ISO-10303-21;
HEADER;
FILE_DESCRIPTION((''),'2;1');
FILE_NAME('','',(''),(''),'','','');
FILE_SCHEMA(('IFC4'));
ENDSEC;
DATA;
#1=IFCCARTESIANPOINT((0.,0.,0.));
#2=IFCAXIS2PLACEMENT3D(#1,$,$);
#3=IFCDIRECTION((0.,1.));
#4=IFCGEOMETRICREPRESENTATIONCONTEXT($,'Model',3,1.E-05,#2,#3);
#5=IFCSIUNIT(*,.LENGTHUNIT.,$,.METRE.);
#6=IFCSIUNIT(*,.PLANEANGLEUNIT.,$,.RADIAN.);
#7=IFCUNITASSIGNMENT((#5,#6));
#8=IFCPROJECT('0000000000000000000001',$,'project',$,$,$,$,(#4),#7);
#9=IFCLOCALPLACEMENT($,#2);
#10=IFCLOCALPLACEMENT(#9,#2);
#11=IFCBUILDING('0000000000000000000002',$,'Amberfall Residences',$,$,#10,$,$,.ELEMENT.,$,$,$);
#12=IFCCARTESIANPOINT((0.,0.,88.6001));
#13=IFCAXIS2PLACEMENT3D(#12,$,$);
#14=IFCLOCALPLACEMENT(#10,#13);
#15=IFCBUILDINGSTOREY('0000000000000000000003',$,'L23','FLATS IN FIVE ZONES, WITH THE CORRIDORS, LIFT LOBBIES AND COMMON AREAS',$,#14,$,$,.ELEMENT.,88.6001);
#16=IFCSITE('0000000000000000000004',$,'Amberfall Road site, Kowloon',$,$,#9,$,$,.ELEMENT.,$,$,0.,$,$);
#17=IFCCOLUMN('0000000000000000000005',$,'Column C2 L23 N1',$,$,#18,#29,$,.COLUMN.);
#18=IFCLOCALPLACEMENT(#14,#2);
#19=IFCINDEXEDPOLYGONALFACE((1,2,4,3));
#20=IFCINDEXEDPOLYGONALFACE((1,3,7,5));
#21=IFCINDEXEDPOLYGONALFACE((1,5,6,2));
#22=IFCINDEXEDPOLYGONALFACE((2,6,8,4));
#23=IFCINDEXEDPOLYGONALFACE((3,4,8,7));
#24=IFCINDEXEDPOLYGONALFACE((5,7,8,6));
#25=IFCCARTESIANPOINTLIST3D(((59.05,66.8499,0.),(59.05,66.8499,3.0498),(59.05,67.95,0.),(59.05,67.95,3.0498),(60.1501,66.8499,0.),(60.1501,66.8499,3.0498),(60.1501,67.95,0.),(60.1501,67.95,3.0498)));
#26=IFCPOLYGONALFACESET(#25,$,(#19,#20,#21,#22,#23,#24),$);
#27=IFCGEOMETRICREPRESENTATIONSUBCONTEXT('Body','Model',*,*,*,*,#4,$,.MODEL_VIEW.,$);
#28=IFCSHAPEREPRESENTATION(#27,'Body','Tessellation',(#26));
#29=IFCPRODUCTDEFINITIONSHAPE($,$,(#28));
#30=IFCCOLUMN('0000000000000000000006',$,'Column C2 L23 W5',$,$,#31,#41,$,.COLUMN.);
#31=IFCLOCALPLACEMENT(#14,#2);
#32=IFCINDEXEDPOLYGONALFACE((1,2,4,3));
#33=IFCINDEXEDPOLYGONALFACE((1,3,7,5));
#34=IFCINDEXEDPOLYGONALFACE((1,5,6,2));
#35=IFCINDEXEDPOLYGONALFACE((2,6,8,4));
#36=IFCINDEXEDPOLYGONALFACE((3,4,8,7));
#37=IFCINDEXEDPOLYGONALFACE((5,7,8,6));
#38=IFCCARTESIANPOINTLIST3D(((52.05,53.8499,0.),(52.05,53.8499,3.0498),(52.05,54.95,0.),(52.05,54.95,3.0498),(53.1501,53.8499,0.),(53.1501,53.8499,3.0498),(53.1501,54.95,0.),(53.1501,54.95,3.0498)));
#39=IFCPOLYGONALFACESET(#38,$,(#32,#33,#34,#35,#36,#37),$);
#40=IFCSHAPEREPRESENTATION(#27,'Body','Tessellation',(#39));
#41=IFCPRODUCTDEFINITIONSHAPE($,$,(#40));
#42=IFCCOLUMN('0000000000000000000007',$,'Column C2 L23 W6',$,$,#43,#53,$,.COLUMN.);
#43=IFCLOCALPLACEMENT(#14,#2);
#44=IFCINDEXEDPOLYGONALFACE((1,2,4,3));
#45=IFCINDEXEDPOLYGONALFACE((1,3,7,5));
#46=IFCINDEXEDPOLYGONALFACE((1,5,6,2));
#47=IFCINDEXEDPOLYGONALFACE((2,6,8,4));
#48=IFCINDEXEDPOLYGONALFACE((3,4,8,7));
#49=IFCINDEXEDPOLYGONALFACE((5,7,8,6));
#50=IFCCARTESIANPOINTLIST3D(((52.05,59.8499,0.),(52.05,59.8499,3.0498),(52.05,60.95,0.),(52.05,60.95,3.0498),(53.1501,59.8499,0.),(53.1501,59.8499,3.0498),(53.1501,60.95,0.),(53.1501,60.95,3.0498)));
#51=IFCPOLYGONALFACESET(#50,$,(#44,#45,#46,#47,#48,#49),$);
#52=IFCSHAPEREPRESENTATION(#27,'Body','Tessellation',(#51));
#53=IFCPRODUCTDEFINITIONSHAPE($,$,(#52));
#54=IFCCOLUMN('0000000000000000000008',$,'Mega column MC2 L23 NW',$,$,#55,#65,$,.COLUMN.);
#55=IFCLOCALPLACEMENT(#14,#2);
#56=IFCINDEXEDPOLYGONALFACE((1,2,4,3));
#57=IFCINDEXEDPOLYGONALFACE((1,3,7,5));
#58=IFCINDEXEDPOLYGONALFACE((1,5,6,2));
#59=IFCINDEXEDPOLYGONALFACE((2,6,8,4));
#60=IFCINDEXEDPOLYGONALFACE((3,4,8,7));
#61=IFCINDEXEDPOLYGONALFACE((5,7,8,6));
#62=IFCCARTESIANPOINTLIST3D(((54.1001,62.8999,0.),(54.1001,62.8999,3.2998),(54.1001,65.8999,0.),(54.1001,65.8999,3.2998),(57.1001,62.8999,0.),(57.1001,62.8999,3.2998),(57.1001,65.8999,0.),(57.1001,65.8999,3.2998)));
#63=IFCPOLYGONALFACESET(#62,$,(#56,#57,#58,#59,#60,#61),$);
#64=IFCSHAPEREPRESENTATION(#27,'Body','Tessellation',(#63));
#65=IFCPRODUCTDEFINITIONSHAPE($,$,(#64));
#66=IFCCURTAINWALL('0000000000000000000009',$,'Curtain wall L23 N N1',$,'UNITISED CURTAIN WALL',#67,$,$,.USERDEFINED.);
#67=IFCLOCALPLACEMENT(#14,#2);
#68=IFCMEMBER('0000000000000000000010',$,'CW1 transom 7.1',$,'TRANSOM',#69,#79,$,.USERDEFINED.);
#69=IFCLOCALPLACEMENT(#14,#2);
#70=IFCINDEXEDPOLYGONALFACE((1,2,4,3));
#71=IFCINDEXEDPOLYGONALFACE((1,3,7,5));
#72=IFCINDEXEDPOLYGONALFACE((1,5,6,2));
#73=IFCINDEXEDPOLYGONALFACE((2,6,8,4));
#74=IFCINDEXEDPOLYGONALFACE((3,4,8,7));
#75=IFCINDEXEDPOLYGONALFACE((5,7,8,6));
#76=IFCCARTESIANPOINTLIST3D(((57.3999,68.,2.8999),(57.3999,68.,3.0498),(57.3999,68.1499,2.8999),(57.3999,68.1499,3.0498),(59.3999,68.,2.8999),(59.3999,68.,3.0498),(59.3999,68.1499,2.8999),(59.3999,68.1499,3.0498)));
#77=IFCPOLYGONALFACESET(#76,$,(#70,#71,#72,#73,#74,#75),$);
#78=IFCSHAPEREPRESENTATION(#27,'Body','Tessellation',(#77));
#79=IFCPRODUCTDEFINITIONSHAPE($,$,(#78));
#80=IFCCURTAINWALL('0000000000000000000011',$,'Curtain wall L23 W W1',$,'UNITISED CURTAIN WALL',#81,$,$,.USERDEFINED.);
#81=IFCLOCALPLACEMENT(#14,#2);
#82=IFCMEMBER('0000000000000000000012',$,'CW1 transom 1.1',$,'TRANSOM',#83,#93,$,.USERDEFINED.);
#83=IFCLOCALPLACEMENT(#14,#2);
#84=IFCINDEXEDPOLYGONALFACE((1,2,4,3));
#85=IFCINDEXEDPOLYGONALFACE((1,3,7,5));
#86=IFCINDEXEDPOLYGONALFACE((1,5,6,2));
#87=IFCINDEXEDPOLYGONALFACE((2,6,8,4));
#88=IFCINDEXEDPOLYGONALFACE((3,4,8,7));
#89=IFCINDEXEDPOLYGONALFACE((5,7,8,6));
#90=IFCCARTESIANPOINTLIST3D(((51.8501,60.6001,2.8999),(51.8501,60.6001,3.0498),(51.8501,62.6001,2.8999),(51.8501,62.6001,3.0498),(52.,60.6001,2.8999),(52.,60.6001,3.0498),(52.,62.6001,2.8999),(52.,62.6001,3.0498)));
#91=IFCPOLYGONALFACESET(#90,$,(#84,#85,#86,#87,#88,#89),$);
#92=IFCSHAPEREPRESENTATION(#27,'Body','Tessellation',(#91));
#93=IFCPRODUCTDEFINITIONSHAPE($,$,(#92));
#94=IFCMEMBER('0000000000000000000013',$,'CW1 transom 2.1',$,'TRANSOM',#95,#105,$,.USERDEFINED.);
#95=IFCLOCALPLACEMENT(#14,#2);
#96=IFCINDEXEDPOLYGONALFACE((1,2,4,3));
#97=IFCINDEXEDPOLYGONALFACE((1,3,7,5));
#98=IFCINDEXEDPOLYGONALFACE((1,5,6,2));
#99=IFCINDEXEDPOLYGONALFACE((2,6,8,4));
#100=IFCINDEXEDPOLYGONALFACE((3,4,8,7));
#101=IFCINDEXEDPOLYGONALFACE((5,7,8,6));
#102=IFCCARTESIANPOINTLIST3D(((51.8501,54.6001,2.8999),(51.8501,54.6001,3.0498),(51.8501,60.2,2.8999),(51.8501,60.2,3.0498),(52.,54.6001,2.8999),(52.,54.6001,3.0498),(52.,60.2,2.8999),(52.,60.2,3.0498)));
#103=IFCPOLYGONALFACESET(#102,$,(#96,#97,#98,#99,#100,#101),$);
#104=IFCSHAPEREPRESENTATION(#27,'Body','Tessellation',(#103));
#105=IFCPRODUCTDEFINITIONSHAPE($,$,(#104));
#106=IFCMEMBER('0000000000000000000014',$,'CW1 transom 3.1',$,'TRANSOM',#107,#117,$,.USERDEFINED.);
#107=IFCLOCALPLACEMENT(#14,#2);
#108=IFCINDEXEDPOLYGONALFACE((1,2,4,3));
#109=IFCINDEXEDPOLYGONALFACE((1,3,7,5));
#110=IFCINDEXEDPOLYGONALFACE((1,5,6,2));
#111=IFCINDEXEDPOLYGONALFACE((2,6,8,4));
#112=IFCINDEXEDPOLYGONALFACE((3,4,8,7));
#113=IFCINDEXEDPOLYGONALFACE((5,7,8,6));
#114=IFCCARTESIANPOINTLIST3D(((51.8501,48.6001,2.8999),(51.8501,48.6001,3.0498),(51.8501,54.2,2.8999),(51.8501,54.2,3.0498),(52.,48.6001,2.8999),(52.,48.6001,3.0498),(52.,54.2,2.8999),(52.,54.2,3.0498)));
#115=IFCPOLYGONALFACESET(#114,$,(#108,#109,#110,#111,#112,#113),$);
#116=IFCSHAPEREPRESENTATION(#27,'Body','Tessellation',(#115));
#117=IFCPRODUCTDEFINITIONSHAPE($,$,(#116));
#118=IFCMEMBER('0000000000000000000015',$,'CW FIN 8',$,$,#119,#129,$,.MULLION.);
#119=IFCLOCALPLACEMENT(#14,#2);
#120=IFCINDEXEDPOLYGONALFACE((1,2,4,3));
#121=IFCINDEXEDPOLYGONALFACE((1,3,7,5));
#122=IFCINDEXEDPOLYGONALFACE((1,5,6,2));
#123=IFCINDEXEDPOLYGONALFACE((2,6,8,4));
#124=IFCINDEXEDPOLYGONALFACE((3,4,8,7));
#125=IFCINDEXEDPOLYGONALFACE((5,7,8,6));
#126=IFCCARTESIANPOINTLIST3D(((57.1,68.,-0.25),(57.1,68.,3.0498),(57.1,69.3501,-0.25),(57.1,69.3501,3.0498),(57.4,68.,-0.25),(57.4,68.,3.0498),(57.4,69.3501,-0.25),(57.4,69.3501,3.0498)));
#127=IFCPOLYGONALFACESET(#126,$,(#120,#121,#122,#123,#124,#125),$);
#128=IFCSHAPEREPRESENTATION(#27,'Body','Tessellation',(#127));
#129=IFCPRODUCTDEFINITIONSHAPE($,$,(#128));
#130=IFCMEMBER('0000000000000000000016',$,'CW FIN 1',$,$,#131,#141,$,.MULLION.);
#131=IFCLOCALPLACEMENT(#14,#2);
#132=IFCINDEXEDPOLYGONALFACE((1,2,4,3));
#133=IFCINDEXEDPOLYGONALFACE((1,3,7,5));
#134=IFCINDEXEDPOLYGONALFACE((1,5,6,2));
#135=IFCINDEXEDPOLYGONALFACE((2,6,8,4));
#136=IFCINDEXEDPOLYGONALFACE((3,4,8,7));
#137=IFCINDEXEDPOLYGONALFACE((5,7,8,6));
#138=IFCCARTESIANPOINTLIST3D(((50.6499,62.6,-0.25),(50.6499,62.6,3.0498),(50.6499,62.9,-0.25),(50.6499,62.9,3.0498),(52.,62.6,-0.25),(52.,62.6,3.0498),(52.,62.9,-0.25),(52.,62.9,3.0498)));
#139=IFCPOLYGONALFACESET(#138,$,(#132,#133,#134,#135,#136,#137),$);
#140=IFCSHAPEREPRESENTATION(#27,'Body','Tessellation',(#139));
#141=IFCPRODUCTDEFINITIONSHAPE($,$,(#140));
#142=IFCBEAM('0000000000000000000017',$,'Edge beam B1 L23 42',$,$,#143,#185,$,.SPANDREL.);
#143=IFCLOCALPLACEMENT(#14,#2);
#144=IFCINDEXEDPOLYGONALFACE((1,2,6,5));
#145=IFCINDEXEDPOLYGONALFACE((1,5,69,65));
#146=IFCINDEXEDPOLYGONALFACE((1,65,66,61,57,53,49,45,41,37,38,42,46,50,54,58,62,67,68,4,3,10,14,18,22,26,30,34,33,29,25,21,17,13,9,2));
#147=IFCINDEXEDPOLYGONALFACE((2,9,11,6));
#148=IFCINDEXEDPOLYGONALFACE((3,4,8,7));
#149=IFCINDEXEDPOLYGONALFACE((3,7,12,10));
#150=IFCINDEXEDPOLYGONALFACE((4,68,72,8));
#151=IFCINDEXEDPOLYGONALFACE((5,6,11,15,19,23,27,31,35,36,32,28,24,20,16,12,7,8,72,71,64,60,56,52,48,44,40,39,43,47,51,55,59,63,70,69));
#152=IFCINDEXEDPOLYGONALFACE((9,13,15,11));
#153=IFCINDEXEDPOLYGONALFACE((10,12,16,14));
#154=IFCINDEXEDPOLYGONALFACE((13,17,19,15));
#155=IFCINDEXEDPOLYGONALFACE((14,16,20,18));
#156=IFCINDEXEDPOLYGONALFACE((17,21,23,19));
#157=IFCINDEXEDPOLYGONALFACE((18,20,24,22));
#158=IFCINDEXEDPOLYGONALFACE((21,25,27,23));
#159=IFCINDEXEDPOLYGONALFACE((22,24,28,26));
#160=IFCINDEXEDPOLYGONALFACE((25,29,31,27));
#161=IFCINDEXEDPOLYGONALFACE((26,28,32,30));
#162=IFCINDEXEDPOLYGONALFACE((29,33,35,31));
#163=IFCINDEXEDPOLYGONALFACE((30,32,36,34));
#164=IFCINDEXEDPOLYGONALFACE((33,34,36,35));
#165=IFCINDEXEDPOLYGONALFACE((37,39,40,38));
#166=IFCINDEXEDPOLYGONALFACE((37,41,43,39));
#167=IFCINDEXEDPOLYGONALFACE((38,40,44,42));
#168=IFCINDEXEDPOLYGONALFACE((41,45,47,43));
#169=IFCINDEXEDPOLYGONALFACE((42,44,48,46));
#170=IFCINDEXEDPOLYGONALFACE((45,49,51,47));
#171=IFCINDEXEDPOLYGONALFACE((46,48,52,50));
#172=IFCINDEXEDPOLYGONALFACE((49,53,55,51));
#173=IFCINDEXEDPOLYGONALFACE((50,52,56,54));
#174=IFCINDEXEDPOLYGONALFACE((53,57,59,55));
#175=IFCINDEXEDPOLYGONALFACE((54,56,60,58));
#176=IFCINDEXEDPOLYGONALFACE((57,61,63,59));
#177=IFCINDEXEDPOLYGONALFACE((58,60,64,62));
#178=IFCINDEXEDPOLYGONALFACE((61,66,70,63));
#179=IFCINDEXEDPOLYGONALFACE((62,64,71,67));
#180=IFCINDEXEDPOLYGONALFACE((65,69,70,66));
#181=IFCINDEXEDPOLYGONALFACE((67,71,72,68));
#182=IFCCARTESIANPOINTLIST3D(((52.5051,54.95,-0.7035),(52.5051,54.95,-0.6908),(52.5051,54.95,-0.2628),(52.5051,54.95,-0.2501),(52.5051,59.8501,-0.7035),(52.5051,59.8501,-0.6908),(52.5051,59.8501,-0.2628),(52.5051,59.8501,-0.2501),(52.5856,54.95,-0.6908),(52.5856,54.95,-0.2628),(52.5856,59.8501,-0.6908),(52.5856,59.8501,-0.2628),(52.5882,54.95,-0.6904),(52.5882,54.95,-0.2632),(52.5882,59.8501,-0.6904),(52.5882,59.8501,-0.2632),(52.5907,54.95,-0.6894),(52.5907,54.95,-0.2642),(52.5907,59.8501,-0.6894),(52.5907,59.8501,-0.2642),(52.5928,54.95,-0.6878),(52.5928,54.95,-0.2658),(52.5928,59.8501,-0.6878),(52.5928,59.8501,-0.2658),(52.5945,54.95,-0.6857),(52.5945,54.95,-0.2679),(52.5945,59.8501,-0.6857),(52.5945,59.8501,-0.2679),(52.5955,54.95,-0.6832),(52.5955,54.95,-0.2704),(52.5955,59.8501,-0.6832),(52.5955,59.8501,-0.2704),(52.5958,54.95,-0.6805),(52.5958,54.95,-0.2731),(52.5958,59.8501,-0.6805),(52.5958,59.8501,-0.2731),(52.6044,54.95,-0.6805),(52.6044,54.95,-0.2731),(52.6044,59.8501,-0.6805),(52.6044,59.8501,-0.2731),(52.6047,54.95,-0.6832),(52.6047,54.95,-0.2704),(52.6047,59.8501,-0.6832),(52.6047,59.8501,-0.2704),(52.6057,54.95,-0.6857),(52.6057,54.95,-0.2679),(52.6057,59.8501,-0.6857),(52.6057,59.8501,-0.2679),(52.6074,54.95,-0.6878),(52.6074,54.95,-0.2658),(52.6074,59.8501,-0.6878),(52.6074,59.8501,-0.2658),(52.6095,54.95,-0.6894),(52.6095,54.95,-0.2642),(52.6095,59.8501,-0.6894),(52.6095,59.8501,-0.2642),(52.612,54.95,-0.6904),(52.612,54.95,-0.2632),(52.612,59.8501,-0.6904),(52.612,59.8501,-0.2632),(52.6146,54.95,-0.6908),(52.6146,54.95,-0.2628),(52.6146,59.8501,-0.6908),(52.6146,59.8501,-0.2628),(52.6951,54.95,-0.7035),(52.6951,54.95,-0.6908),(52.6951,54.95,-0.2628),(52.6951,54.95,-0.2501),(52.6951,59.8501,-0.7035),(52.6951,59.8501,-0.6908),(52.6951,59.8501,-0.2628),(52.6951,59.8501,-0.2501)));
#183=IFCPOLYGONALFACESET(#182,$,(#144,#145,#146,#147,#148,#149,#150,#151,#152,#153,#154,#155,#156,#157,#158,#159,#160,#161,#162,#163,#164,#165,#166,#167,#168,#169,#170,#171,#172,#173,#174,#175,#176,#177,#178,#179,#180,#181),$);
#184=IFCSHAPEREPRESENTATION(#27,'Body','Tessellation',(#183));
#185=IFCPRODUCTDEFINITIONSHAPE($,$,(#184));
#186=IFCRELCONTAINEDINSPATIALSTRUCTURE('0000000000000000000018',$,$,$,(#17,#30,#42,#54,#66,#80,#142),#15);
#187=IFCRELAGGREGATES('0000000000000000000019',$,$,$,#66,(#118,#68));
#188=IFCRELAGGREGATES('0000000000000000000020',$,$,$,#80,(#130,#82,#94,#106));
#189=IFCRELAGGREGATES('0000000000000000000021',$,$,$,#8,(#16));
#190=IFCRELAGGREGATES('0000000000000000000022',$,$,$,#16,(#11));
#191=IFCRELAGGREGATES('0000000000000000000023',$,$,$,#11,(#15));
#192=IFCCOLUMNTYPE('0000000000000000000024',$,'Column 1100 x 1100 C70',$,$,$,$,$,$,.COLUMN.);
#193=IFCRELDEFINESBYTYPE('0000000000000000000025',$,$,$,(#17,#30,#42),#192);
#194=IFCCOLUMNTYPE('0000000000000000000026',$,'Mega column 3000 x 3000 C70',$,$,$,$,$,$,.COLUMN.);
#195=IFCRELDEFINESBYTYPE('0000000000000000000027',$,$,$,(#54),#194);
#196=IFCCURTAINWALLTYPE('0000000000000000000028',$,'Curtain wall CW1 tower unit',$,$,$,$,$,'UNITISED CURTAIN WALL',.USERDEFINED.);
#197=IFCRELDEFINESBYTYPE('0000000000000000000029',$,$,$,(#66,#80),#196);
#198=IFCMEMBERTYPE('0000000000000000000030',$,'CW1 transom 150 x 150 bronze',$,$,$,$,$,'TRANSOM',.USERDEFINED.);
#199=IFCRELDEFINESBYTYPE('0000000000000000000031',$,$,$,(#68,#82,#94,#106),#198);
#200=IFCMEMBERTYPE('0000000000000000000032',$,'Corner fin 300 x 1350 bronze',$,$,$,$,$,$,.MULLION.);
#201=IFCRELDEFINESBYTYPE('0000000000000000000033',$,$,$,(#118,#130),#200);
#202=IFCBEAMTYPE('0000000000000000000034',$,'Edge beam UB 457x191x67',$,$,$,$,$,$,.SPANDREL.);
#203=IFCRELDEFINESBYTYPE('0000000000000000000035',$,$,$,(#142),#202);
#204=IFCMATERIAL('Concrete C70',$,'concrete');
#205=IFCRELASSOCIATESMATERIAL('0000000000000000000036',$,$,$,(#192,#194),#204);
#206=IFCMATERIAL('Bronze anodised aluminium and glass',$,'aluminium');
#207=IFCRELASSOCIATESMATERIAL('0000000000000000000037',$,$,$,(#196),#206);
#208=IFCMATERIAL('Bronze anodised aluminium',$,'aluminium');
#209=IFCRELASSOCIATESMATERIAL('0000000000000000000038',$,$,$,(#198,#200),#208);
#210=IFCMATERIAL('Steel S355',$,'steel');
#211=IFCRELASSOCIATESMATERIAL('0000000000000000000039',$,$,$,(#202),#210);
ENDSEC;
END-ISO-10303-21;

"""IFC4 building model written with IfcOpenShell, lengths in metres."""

from ifc_helpers import new_model, si_unit, direction, frame, origin, origin_2d, place, context, subcontext, project, spatial, rectangle, i_section, extrude, material, material_profile, profile_set, type_object, element, aggregate, save


model = new_model("IFC4")

# Units and contexts
model_context = context("Model", 3, precision=1e-05, world=origin(), true_north=direction((0.0, 1.0)))
body_context = subcontext(model_context, "Body", "Model", "MODEL_VIEW")
ifc_project = project(units=[si_unit("LENGTHUNIT", "METRE"), si_unit("PLANEANGLEUNIT", "RADIAN")], contexts=[model_context])

# Site, building, storey
site_placement = place(None, origin())
site = spatial("IfcSite", under=ifc_project, at=site_placement, Name="Amberfall Road site, Kowloon", CompositionType="ELEMENT", RefElevation=0.0)
building_placement = place(site_placement, origin())
building = spatial("IfcBuilding", under=site, at=building_placement, Name="Amberfall Residences", CompositionType="ELEMENT")
storey_placement = place(building_placement, frame((0.0, 0.0, 88.6001)))
storey = spatial("IfcBuildingStorey", under=building, at=storey_placement, Name="L23", Description="FLATS IN FIVE ZONES, WITH THE CORRIDORS, LIFT LOBBIES AND COMMON AREAS", CompositionType="ELEMENT", Elevation=88.6001)

# Columns
ifc_material_1 = material(Name="Concrete C70", Category="concrete")
ifc_material_profile_1 = material_profile(ifc_material_1, rectangle(XDim=1.1001, YDim=1.1001, at=origin_2d()), Name="Column 1100 x 1100 C70")
ifc_profile_set_1 = profile_set([ifc_material_profile_1], Name="Concrete C70")
column_type_1 = type_object("IfcColumnType", Name="Column 1100 x 1100 C70", PredefinedType="COLUMN", material=ifc_profile_set_1)
for number, where, z_axis, x_axis, name in (
    (1, (59.6001, 67.3999, 0.0), (0.0, 0.0, 1.0), (1.0, 0.0, 0.0), "Column C2 L23 N1"),
    (2, (52.6001, 54.3999, 0.0), (0.0, 0.0, 1.0), (1.0, 0.0, 0.0), "Column C2 L23 W5"),
    (3, (52.6001, 60.3999, 0.0), (0.0, 0.0, 1.0), (1.0, 0.0, 0.0), "Column C2 L23 W6"),
):
    element("IfcColumn", number, at=place(storey_placement, frame(where, z_axis=z_axis, x_axis=x_axis)), inside=storey, type_object=column_type_1, Name=name, PredefinedType="COLUMN", context=body_context, shape_type="SweptSolid", body=[
        extrude(rectangle(XDim=1.1001, YDim=1.1001, at=origin_2d()), origin(), (0.0, 0.0, 1.0), 3.0498),
    ])
ifc_material_profile_2 = material_profile(ifc_material_1, rectangle(XDim=3.0, YDim=3.0, at=origin_2d()), Name="Mega column 3000 x 3000 C70")
ifc_profile_set_2 = profile_set([ifc_material_profile_2], Name="Concrete C70")
column_type_2 = type_object("IfcColumnType", Name="Mega column 3000 x 3000 C70", PredefinedType="COLUMN", material=ifc_profile_set_2)
column_placement = place(storey_placement, frame((55.6001, 64.3999, 0.0), z_axis=(0.0, 0.0, 1.0), x_axis=(1.0, 0.0, 0.0)))
element("IfcColumn", 4, at=column_placement, inside=storey, type_object=column_type_2, Name="Mega column MC2 L23 NW", PredefinedType="COLUMN", context=body_context, shape_type="SweptSolid", body=[
    extrude(rectangle(XDim=3.0, YDim=3.0, at=origin_2d()), origin(), (0.0, 0.0, 1.0), 3.2998),
])

# Curtain wall, member
ifc_material_2 = material(Name="Bronze anodised aluminium and glass", Category="aluminium")
curtain_wall_type = type_object("IfcCurtainWallType", Name="Curtain wall CW1 tower unit", ElementType="UNITISED CURTAIN WALL", PredefinedType="USERDEFINED", material=ifc_material_2)
curtain_wall_1_placement = place(storey_placement, origin())
curtain_wall_1 = element("IfcCurtainWall", 5, at=curtain_wall_1_placement, inside=storey, type_object=curtain_wall_type, Name="Curtain wall L23 N N1", ObjectType="UNITISED CURTAIN WALL", PredefinedType="USERDEFINED")
ifc_material_3 = material(Name="Bronze anodised aluminium", Category="aluminium")
ifc_material_profile_3 = material_profile(ifc_material_3, rectangle(XDim=0.1499, YDim=0.1499, at=origin_2d()), Name="CW1 transom 150 x 150 bronze")
ifc_profile_set_3 = profile_set([ifc_material_profile_3], Name="Bronze anodised aluminium")
member_type_1 = type_object("IfcMemberType", Name="CW1 transom 150 x 150 bronze", ElementType="TRANSOM", PredefinedType="USERDEFINED", material=ifc_profile_set_3)
member_1_placement = place(storey_placement, frame((59.3999, 68.075, 2.9749), z_axis=(-1.0, 0.0, 0.0), x_axis=(0.0, -1.0, 0.0)))
member_1 = element("IfcMember", 6, at=member_1_placement, type_object=member_type_1, Name="CW1 transom 7.1", ObjectType="TRANSOM", PredefinedType="USERDEFINED", context=body_context, shape_type="SweptSolid", body=[
    extrude(rectangle(XDim=0.1499, YDim=0.1499, at=origin_2d()), origin(), (0.0, 0.0, 1.0), 2.0),
])

# Curtain wall, members
curtain_wall_2_placement = place(storey_placement, origin())
curtain_wall_2 = element("IfcCurtainWall", 7, at=curtain_wall_2_placement, inside=storey, type_object=curtain_wall_type, Name="Curtain wall L23 W W1", ObjectType="UNITISED CURTAIN WALL", PredefinedType="USERDEFINED")
member_2_placement = place(storey_placement, frame((51.925, 62.6001, 2.9749), z_axis=(0.0, -1.0, 0.0), x_axis=(1.0, 0.0, 0.0)))
member_2 = element("IfcMember", 8, at=member_2_placement, type_object=member_type_1, Name="CW1 transom 1.1", ObjectType="TRANSOM", PredefinedType="USERDEFINED", context=body_context, shape_type="SweptSolid", body=[
    extrude(rectangle(XDim=0.1499, YDim=0.1499, at=origin_2d()), origin(), (0.0, 0.0, 1.0), 2.0),
])
member_3_placement = place(storey_placement, frame((51.925, 60.2, 2.9749), z_axis=(0.0, -1.0, 0.0), x_axis=(1.0, 0.0, 0.0)))
member_3 = element("IfcMember", 9, at=member_3_placement, type_object=member_type_1, Name="CW1 transom 2.1", ObjectType="TRANSOM", PredefinedType="USERDEFINED", context=body_context, shape_type="SweptSolid", body=[
    extrude(rectangle(XDim=0.1499, YDim=0.1499, at=origin_2d()), origin(), (0.0, 0.0, 1.0), 5.5999),
])
member_4_placement = place(storey_placement, frame((51.925, 54.2, 2.9749), z_axis=(0.0, -1.0, 0.0), x_axis=(1.0, 0.0, 0.0)))
member_4 = element("IfcMember", 10, at=member_4_placement, type_object=member_type_1, Name="CW1 transom 3.1", ObjectType="TRANSOM", PredefinedType="USERDEFINED", context=body_context, shape_type="SweptSolid", body=[
    extrude(rectangle(XDim=0.1499, YDim=0.1499, at=origin_2d()), origin(), (0.0, 0.0, 1.0), 5.5999),
])

# Members
ifc_material_profile_4 = material_profile(ifc_material_3, rectangle(XDim=1.3501, YDim=0.3, at=origin_2d()), Name="Corner fin 300 x 1350 bronze")
ifc_profile_set_4 = profile_set([ifc_material_profile_4], Name="Bronze anodised aluminium")
member_type_2 = type_object("IfcMemberType", Name="Corner fin 300 x 1350 bronze", PredefinedType="MULLION", material=ifc_profile_set_4)
member_5_placement = place(storey_placement, frame((57.25, 68.675, -0.25), z_axis=(0.0, 0.0, 1.0), x_axis=(0.0, -1.0, 0.0)))
member_5 = element("IfcMember", 11, at=member_5_placement, type_object=member_type_2, Name="CW FIN 8", PredefinedType="MULLION", context=body_context, shape_type="SweptSolid", body=[
    extrude(rectangle(XDim=1.3501, YDim=0.3, at=origin_2d()), origin(), (0.0, 0.0, 1.0), 3.2998),
])
member_6_placement = place(storey_placement, frame((51.325, 62.75, -0.25), z_axis=(0.0, 0.0, 1.0), x_axis=(1.0, 0.0, 0.0)))
member_6 = element("IfcMember", 12, at=member_6_placement, type_object=member_type_2, Name="CW FIN 1", PredefinedType="MULLION", context=body_context, shape_type="SweptSolid", body=[
    extrude(rectangle(XDim=1.3501, YDim=0.3, at=origin_2d()), origin(), (0.0, 0.0, 1.0), 3.2998),
])

# Beam
ifc_material_4 = material(Name="Steel S355", Category="steel")
ifc_material_profile_5 = material_profile(ifc_material_4, i_section(OverallWidth=0.1899, OverallDepth=0.4534, WebThickness=0.0085, FlangeThickness=0.0127, FilletRadius=0.0103, at=origin_2d()), Name="UB 457x191x67")
ifc_profile_set_5 = profile_set([ifc_material_profile_5], Name="Steel S355")
beam_type_1 = type_object("IfcBeamType", Name="Edge beam UB 457x191x67", PredefinedType="SPANDREL", material=ifc_profile_set_5)
beam_1_placement = place(storey_placement, frame((52.6001, 54.95, -0.4768), z_axis=(0.0, 1.0, 0.0), x_axis=(-1.0, 0.0, 0.0)))
element("IfcBeam", 13, at=beam_1_placement, inside=storey, type_object=beam_type_1, Name="Edge beam B1 L23 42", PredefinedType="SPANDREL", context=body_context, shape_type="SweptSolid", body=[
    extrude(i_section(OverallWidth=0.1899, OverallDepth=0.4534, WebThickness=0.0085, FlangeThickness=0.0127, FilletRadius=0.0103, at=origin_2d()), origin(), (0.0, 0.0, 1.0), 4.9001),
])

aggregate(curtain_wall_1, [member_5, member_1])
aggregate(curtain_wall_2, [member_6, member_2, member_3, member_4])

save(model, "model.ifc")
